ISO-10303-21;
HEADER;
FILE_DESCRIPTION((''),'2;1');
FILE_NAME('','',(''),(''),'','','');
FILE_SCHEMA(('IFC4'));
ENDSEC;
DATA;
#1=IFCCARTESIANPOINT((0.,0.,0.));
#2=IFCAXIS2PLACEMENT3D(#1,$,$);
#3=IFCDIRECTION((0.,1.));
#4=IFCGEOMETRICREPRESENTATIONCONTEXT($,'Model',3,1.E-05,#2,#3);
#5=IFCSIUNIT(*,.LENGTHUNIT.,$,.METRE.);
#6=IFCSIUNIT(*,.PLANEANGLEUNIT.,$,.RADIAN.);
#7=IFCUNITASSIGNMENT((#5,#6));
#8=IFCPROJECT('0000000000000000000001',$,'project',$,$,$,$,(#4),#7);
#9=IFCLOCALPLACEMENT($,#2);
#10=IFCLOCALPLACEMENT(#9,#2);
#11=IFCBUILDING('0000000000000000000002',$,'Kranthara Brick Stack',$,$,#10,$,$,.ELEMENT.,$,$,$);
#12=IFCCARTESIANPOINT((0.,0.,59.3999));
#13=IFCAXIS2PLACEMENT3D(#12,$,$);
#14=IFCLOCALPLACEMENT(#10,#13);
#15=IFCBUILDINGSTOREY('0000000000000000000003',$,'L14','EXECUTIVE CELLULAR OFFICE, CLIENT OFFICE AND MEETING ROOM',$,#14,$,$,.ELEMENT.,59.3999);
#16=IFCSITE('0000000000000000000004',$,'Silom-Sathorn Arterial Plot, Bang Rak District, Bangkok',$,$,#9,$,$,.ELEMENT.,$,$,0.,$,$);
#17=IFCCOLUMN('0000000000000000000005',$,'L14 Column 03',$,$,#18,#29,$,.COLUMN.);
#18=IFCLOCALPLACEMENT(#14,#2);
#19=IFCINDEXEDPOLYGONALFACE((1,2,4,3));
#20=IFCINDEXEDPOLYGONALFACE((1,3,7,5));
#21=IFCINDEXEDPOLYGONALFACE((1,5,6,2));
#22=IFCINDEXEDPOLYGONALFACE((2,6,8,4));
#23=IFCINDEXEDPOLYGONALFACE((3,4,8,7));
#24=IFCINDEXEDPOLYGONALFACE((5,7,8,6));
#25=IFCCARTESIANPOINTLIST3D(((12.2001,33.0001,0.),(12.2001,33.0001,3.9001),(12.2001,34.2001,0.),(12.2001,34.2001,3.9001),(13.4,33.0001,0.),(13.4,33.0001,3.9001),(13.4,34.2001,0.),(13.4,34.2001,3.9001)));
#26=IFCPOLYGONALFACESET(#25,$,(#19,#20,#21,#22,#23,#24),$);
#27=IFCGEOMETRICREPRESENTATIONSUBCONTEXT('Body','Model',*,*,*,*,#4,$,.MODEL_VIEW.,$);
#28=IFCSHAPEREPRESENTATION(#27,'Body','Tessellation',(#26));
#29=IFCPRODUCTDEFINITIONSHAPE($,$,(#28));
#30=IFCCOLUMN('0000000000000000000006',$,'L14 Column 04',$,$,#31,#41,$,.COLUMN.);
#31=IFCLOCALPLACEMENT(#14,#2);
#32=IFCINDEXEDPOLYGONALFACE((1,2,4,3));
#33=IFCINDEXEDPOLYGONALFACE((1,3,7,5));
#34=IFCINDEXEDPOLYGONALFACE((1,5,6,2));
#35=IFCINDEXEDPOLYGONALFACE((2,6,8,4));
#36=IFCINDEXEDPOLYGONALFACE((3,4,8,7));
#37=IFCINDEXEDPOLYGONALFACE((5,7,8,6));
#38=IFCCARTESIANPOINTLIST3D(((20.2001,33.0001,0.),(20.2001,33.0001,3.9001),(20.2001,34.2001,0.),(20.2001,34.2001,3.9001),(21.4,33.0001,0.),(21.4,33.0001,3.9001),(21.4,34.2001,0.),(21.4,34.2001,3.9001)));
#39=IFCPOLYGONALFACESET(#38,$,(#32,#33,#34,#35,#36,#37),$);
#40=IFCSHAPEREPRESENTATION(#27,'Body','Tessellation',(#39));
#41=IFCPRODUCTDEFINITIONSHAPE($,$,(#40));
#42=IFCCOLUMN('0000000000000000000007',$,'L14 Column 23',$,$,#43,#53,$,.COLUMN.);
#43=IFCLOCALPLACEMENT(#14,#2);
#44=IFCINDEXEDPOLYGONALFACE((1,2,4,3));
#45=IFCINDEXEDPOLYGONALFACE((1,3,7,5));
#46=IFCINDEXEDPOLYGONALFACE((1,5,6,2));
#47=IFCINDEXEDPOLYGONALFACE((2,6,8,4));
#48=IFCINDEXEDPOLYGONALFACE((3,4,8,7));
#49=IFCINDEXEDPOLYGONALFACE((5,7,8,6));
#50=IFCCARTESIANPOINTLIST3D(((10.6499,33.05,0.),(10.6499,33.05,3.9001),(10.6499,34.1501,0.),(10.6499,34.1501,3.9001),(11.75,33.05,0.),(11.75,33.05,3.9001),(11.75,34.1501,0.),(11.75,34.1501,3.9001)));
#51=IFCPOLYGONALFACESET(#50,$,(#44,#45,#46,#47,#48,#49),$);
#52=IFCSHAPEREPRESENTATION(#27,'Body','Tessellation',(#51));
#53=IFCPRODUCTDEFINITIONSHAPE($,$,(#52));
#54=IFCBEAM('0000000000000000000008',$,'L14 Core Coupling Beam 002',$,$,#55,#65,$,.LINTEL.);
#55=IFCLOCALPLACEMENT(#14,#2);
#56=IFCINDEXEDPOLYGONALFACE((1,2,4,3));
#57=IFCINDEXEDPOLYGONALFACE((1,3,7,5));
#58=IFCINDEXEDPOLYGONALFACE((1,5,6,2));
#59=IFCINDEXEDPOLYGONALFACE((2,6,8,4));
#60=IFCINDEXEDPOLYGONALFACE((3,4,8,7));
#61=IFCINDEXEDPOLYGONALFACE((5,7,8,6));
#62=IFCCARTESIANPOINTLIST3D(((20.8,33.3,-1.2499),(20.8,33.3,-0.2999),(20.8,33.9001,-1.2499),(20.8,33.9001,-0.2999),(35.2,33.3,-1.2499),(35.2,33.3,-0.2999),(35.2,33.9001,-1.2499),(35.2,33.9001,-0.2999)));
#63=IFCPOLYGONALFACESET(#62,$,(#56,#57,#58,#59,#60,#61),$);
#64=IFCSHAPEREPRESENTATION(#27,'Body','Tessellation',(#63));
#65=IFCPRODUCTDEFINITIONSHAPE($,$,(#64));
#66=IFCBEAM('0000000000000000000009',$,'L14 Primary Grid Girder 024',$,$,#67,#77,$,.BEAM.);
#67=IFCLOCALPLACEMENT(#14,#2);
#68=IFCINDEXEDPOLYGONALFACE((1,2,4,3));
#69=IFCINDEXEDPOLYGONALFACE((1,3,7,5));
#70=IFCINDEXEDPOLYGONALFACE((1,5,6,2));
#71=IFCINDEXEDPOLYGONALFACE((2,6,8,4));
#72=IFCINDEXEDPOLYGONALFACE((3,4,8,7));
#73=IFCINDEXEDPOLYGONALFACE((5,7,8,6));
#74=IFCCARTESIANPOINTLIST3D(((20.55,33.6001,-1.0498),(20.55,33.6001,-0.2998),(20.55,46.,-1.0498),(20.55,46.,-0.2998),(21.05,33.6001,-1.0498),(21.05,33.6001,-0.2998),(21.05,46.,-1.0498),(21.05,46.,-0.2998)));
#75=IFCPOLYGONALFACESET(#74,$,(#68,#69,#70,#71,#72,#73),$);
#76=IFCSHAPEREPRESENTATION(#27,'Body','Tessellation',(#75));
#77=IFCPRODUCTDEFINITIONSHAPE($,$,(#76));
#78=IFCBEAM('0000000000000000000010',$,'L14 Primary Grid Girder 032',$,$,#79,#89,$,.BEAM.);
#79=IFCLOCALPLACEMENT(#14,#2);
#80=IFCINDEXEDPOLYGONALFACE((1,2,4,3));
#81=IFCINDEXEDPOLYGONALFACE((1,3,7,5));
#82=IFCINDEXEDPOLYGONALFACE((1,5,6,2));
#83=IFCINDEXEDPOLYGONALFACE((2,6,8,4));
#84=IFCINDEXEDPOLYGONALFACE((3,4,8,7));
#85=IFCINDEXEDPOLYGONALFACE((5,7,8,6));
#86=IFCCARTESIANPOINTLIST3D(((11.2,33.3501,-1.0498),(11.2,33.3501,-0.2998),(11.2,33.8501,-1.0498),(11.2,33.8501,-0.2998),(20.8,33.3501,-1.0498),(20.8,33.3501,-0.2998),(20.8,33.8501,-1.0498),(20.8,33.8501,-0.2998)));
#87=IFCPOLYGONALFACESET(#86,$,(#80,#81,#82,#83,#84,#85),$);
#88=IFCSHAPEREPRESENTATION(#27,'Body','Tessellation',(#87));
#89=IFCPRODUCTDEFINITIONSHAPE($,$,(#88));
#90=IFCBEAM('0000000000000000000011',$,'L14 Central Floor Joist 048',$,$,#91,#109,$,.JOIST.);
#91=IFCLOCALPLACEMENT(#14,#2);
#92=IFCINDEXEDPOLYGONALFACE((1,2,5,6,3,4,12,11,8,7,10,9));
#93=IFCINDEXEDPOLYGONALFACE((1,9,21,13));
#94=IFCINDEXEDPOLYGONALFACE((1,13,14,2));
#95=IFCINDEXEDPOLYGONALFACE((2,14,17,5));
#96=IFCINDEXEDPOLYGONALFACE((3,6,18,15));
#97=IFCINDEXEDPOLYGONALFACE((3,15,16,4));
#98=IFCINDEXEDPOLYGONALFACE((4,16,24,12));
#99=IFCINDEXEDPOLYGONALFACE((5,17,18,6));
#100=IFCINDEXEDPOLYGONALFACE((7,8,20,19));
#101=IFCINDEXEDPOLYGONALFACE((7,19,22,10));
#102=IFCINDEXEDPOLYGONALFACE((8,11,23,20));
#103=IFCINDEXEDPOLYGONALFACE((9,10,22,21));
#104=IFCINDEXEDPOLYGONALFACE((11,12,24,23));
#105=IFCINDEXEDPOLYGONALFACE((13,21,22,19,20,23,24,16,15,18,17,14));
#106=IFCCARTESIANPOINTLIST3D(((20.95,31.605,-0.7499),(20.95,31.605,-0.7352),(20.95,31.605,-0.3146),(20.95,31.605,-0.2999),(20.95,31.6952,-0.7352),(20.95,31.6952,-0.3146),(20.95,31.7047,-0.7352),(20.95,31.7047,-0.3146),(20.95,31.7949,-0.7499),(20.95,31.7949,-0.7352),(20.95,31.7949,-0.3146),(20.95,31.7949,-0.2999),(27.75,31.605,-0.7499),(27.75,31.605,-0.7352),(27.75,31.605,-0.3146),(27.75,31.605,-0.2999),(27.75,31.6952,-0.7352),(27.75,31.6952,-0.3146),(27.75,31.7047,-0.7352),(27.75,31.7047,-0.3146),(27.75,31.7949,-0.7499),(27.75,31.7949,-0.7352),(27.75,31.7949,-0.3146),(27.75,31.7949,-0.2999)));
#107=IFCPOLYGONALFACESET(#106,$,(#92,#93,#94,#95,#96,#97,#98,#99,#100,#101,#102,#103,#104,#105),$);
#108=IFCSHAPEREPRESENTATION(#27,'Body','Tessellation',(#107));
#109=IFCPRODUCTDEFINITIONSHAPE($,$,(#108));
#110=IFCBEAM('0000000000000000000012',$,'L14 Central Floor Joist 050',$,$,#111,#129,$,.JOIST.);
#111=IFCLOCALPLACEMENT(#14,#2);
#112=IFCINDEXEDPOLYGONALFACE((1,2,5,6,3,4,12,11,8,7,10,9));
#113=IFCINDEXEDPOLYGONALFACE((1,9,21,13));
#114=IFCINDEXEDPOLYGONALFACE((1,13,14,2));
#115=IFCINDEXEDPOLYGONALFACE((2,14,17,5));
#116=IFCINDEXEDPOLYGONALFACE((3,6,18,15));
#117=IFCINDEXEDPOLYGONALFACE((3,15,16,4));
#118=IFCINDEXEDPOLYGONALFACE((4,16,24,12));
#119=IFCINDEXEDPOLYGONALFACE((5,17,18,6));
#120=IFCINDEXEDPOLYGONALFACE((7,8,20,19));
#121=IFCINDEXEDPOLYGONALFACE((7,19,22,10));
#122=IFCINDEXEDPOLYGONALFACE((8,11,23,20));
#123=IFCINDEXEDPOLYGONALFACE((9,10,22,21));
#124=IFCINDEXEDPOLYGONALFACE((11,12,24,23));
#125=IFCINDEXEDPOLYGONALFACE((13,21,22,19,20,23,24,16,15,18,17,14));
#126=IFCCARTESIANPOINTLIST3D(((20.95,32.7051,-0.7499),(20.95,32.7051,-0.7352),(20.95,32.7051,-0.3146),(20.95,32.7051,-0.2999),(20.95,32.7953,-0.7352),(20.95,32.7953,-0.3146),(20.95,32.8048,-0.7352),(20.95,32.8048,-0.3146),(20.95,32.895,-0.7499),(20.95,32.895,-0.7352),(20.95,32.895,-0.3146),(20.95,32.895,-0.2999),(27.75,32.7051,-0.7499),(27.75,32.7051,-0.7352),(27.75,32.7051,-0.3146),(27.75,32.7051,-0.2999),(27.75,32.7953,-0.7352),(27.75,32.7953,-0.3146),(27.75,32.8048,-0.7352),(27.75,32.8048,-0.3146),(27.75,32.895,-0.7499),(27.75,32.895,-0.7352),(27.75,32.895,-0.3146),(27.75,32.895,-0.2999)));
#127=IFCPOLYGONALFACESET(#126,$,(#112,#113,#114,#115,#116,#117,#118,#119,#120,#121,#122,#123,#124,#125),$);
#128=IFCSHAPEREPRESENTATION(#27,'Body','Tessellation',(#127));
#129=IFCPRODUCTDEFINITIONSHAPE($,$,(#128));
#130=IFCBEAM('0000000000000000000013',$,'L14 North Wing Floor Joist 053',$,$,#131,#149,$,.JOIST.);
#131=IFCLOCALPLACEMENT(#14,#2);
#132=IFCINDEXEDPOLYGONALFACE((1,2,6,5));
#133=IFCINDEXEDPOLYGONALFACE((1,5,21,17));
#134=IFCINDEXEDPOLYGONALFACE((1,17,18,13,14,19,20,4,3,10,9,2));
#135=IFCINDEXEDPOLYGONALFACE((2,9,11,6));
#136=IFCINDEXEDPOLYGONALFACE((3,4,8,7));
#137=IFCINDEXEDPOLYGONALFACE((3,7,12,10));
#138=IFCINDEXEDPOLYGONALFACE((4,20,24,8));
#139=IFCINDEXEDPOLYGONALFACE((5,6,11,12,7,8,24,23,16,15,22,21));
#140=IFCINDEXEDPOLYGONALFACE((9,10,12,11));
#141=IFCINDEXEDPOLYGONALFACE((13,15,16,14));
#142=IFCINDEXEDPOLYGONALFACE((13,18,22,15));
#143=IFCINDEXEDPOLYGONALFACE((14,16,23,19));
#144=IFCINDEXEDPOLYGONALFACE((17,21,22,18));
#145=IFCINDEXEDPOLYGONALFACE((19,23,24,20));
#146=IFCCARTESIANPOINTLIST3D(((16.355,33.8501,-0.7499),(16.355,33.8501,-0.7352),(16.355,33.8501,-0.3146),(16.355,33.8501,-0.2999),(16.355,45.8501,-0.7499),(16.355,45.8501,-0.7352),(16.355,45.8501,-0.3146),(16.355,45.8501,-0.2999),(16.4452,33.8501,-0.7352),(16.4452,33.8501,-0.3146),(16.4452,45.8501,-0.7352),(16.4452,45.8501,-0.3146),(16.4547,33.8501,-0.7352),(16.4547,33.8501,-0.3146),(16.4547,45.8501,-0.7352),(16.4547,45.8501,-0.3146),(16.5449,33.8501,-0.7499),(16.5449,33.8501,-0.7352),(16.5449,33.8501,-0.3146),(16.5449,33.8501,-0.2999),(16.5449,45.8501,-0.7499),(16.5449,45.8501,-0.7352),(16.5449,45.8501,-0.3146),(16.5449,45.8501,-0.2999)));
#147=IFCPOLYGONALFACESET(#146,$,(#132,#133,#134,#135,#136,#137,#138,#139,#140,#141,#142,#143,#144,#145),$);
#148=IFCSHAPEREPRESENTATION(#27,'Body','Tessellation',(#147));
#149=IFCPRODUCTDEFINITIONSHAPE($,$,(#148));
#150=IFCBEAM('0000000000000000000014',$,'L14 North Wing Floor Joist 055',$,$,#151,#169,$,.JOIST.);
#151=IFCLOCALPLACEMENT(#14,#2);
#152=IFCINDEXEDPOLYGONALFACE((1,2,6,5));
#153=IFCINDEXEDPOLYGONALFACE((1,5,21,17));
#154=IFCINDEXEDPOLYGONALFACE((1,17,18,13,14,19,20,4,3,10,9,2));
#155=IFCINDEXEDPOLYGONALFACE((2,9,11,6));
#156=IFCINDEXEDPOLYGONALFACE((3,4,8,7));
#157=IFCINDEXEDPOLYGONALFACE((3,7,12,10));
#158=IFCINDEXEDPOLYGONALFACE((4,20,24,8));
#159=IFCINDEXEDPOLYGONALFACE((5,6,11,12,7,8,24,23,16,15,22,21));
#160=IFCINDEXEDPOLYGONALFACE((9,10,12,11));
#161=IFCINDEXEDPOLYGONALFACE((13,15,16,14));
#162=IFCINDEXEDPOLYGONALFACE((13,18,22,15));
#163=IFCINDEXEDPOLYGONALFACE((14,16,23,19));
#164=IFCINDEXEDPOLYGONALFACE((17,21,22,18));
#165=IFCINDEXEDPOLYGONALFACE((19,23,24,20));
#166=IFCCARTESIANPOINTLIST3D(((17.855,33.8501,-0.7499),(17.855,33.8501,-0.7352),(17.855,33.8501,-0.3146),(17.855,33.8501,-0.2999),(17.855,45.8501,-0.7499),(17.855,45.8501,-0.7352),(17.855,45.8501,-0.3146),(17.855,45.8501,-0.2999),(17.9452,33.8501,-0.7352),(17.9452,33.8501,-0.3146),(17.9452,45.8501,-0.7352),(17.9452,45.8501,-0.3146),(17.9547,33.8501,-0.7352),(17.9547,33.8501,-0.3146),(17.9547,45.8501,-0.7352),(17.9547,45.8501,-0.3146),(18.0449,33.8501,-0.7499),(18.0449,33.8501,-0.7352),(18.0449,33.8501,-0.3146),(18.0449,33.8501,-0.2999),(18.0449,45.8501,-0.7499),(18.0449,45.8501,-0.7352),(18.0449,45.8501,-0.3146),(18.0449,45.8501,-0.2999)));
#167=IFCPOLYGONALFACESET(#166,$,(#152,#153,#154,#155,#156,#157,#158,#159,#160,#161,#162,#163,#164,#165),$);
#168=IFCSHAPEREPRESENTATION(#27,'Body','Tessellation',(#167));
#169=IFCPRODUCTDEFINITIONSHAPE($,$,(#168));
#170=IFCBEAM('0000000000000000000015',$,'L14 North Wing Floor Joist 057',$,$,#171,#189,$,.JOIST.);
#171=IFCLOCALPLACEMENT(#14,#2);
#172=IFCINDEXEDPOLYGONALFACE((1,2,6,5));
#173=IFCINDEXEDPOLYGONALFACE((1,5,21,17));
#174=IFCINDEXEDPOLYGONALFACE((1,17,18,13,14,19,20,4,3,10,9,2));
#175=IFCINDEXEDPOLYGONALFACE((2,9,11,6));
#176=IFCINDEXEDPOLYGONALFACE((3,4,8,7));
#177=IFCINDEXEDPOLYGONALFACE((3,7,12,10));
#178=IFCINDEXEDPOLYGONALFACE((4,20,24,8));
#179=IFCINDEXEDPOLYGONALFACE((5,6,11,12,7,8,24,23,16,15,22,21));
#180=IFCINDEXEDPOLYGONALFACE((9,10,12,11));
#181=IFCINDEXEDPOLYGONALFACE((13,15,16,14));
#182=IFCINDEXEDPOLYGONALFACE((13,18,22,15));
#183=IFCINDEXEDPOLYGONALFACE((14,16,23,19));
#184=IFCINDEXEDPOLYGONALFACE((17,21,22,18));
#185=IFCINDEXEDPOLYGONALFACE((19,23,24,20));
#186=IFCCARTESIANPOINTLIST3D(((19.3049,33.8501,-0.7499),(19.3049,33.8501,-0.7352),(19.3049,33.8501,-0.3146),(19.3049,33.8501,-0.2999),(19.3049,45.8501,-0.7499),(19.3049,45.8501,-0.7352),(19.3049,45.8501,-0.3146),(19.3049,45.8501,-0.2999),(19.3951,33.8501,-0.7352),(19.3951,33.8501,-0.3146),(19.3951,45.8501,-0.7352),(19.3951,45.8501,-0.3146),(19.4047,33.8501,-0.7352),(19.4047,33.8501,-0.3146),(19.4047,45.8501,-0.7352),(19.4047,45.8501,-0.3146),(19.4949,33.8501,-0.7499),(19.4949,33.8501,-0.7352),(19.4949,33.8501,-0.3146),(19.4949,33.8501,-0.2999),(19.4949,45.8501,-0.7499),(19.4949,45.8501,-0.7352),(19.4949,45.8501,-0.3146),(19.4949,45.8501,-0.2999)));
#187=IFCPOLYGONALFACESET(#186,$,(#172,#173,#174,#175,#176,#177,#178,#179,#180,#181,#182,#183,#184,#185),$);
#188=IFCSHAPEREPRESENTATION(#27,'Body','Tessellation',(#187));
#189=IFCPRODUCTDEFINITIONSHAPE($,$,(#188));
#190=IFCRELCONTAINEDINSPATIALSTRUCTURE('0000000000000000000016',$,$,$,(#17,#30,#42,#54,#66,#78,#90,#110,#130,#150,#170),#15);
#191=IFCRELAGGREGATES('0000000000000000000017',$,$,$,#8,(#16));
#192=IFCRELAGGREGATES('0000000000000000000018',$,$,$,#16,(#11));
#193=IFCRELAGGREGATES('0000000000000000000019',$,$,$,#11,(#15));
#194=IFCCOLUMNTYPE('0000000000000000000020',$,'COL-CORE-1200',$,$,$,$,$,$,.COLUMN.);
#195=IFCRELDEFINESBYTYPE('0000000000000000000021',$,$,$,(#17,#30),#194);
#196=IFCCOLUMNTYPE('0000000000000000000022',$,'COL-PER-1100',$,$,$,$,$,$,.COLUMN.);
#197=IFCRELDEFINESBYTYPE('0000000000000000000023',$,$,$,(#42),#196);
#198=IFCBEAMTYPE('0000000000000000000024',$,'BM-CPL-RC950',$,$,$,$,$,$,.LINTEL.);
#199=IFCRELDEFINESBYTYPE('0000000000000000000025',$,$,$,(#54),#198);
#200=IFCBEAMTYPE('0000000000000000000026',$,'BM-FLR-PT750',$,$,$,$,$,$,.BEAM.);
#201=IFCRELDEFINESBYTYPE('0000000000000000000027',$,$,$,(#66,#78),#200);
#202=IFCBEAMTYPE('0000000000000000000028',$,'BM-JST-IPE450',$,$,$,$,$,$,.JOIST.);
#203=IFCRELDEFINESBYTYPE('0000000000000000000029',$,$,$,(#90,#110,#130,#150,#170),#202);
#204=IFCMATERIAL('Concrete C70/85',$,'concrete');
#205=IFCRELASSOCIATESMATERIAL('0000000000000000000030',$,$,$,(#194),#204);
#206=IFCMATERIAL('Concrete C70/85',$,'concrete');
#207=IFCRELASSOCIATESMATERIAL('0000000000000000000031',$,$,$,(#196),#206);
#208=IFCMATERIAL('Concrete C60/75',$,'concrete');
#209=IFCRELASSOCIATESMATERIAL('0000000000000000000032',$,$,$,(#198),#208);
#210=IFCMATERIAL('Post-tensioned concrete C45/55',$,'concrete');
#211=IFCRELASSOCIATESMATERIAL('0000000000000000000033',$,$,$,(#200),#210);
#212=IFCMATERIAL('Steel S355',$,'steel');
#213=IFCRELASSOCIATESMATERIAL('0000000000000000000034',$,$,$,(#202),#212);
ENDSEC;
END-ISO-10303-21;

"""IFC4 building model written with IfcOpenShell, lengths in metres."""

from ifc_helpers import new_model, si_unit, direction, frame, origin, origin_2d, place, context, subcontext, project, spatial, rectangle, i_section, extrude, material, material_profile, profile_set, type_object, element, save


model = new_model("IFC4")

# Units and contexts
model_context = context("Model", 3, precision=1e-05, world=origin(), true_north=direction((0.0, 1.0)))
body_context = subcontext(model_context, "Body", "Model", "MODEL_VIEW")
ifc_project = project(units=[si_unit("LENGTHUNIT", "METRE"), si_unit("PLANEANGLEUNIT", "RADIAN")], contexts=[model_context])

# Site, building, storey
site_placement = place(None, origin())
site = spatial("IfcSite", under=ifc_project, at=site_placement, Name="Silom-Sathorn Arterial Plot, Bang Rak District, Bangkok", CompositionType="ELEMENT", RefElevation=0.0)
building_placement = place(site_placement, origin())
building = spatial("IfcBuilding", under=site, at=building_placement, Name="Kranthara Brick Stack", CompositionType="ELEMENT")
storey_placement = place(building_placement, frame((0.0, 0.0, 59.3999)))
storey = spatial("IfcBuildingStorey", under=building, at=storey_placement, Name="L14", Description="EXECUTIVE CELLULAR OFFICE, CLIENT OFFICE AND MEETING ROOM", CompositionType="ELEMENT", Elevation=59.3999)

# Columns
ifc_material_1 = material(Name="Concrete C70/85", Category="concrete")
ifc_material_profile_1 = material_profile(ifc_material_1, rectangle(XDim=1.2, YDim=1.2, at=origin_2d()), Name="RC 1200x1200")
ifc_profile_set_1 = profile_set([ifc_material_profile_1], Name="Concrete C70/85")
column_type_1 = type_object("IfcColumnType", Name="COL-CORE-1200", PredefinedType="COLUMN", material=ifc_profile_set_1)
for number, where, z_axis, x_axis, name in (
    (1, (12.8, 33.6001, 0.0), (0.0, 0.0, 1.0), (1.0, 0.0, 0.0), "L14 Column 03"),
    (2, (20.8, 33.6001, 0.0), (0.0, 0.0, 1.0), (1.0, 0.0, 0.0), "L14 Column 04"),
):
    element("IfcColumn", number, at=place(storey_placement, frame(where, z_axis=z_axis, x_axis=x_axis)), inside=storey, type_object=column_type_1, Name=name, PredefinedType="COLUMN", context=body_context, shape_type="SweptSolid", body=[
        extrude(rectangle(XDim=1.2, YDim=1.2, at=origin_2d()), origin(), (0.0, 0.0, 1.0), 3.9001),
    ])
ifc_material_2 = material(Name="Concrete C70/85", Category="concrete")
ifc_material_profile_2 = material_profile(ifc_material_2, rectangle(XDim=1.1001, YDim=1.1001, at=origin_2d()), Name="RC 1100x1100")
ifc_profile_set_2 = profile_set([ifc_material_profile_2], Name="Concrete C70/85")
column_type_2 = type_object("IfcColumnType", Name="COL-PER-1100", PredefinedType="COLUMN", material=ifc_profile_set_2)
column_placement = place(storey_placement, frame((11.2, 33.6001, 0.0), z_axis=(0.0, 0.0, 1.0), x_axis=(1.0, 0.0, 0.0)))
element("IfcColumn", 3, at=column_placement, inside=storey, type_object=column_type_2, Name="L14 Column 23", PredefinedType="COLUMN", context=body_context, shape_type="SweptSolid", body=[
    extrude(rectangle(XDim=1.1001, YDim=1.1001, at=origin_2d()), origin(), (0.0, 0.0, 1.0), 3.9001),
])

# Beams
ifc_material_3 = material(Name="Concrete C60/75", Category="concrete")
ifc_material_profile_3 = material_profile(ifc_material_3, rectangle(XDim=0.6001, YDim=0.95, at=origin_2d()), Name="RC 600x950")
ifc_profile_set_3 = profile_set([ifc_material_profile_3], Name="Concrete C60/75")
beam_type_1 = type_object("IfcBeamType", Name="BM-CPL-RC950", PredefinedType="LINTEL", material=ifc_profile_set_3)
beam_1_placement = place(storey_placement, frame((20.8, 33.6001, -0.7749), z_axis=(1.0, 0.0, 0.0), x_axis=(0.0, 1.0, 0.0)))
element("IfcBeam", 4, at=beam_1_placement, inside=storey, type_object=beam_type_1, Name="L14 Core Coupling Beam 002", PredefinedType="LINTEL", context=body_context, shape_type="SweptSolid", body=[
    extrude(rectangle(XDim=0.6001, YDim=0.95, at=origin_2d()), origin(), (0.0, 0.0, 1.0), 14.3999),
])
ifc_material_4 = material(Name="Post-tensioned concrete C45/55", Category="concrete")
ifc_material_profile_4 = material_profile(ifc_material_4, rectangle(XDim=0.5, YDim=0.75, at=origin_2d()), Name="PT 500x750")
ifc_profile_set_4 = profile_set([ifc_material_profile_4], Name="Post-tensioned concrete C45/55")
beam_type_2 = type_object("IfcBeamType", Name="BM-FLR-PT750", PredefinedType="BEAM", material=ifc_profile_set_4)
beam_2_placement = place(storey_placement, frame((20.8, 33.6001, -0.6748), z_axis=(0.0, 1.0, 0.0), x_axis=(-1.0, 0.0, 0.0)))
element("IfcBeam", 5, at=beam_2_placement, inside=storey, type_object=beam_type_2, Name="L14 Primary Grid Girder 024", PredefinedType="BEAM", context=body_context, shape_type="SweptSolid", body=[
    extrude(rectangle(XDim=0.5, YDim=0.75, at=origin_2d()), origin(), (0.0, 0.0, 1.0), 12.3999),
])
beam_3_placement = place(storey_placement, frame((11.2, 33.6001, -0.6748), z_axis=(1.0, 0.0, 0.0), x_axis=(0.0, 1.0, 0.0)))
element("IfcBeam", 6, at=beam_3_placement, inside=storey, type_object=beam_type_2, Name="L14 Primary Grid Girder 032", PredefinedType="BEAM", context=body_context, shape_type="SweptSolid", body=[
    extrude(rectangle(XDim=0.5, YDim=0.75, at=origin_2d()), origin(), (0.0, 0.0, 1.0), 9.6001),
])
ifc_material_5 = material(Name="Steel S355", Category="steel")
ifc_material_profile_5 = material_profile(ifc_material_5, i_section(OverallWidth=0.1899, OverallDepth=0.45, WebThickness=0.0095, FlangeThickness=0.0146, at=origin_2d()), Name="IPE 450")
ifc_profile_set_5 = profile_set([ifc_material_profile_5], Name="Steel S355")
beam_type_3 = type_object("IfcBeamType", Name="BM-JST-IPE450", PredefinedType="JOIST", material=ifc_profile_set_5)
for number, where, z_axis, x_axis, name in (
    (7, (20.95, 31.7, -0.5249), (1.0, 0.0, 0.0), (0.0, 1.0, 0.0), "L14 Central Floor Joist 048"),
    (8, (20.95, 32.8, -0.5249), (1.0, 0.0, 0.0), (0.0, 1.0, 0.0), "L14 Central Floor Joist 050"),
):
    element("IfcBeam", number, at=place(storey_placement, frame(where, z_axis=z_axis, x_axis=x_axis)), inside=storey, type_object=beam_type_3, Name=name, PredefinedType="JOIST", context=body_context, shape_type="SweptSolid", body=[
        extrude(i_section(OverallWidth=0.1899, OverallDepth=0.45, WebThickness=0.0095, FlangeThickness=0.0146, at=origin_2d()), origin(), (0.0, 0.0, 1.0), 6.8),
    ])
for number, where, z_axis, x_axis, name in (
    (9, (16.45, 33.8501, -0.5249), (0.0, 1.0, 0.0), (-1.0, 0.0, 0.0), "L14 North Wing Floor Joist 053"),
    (10, (17.95, 33.8501, -0.5249), (0.0, 1.0, 0.0), (-1.0, 0.0, 0.0), "L14 North Wing Floor Joist 055"),
    (11, (19.3999, 33.8501, -0.5249), (0.0, 1.0, 0.0), (-1.0, 0.0, 0.0), "L14 North Wing Floor Joist 057"),
):
    element("IfcBeam", number, at=place(storey_placement, frame(where, z_axis=z_axis, x_axis=x_axis)), inside=storey, type_object=beam_type_3, Name=name, PredefinedType="JOIST", context=body_context, shape_type="SweptSolid", body=[
        extrude(i_section(OverallWidth=0.1899, OverallDepth=0.45, WebThickness=0.0095, FlangeThickness=0.0146, at=origin_2d()), origin(), (0.0, 0.0, 1.0), 12.0),
    ])

save(model, "model.ifc")
